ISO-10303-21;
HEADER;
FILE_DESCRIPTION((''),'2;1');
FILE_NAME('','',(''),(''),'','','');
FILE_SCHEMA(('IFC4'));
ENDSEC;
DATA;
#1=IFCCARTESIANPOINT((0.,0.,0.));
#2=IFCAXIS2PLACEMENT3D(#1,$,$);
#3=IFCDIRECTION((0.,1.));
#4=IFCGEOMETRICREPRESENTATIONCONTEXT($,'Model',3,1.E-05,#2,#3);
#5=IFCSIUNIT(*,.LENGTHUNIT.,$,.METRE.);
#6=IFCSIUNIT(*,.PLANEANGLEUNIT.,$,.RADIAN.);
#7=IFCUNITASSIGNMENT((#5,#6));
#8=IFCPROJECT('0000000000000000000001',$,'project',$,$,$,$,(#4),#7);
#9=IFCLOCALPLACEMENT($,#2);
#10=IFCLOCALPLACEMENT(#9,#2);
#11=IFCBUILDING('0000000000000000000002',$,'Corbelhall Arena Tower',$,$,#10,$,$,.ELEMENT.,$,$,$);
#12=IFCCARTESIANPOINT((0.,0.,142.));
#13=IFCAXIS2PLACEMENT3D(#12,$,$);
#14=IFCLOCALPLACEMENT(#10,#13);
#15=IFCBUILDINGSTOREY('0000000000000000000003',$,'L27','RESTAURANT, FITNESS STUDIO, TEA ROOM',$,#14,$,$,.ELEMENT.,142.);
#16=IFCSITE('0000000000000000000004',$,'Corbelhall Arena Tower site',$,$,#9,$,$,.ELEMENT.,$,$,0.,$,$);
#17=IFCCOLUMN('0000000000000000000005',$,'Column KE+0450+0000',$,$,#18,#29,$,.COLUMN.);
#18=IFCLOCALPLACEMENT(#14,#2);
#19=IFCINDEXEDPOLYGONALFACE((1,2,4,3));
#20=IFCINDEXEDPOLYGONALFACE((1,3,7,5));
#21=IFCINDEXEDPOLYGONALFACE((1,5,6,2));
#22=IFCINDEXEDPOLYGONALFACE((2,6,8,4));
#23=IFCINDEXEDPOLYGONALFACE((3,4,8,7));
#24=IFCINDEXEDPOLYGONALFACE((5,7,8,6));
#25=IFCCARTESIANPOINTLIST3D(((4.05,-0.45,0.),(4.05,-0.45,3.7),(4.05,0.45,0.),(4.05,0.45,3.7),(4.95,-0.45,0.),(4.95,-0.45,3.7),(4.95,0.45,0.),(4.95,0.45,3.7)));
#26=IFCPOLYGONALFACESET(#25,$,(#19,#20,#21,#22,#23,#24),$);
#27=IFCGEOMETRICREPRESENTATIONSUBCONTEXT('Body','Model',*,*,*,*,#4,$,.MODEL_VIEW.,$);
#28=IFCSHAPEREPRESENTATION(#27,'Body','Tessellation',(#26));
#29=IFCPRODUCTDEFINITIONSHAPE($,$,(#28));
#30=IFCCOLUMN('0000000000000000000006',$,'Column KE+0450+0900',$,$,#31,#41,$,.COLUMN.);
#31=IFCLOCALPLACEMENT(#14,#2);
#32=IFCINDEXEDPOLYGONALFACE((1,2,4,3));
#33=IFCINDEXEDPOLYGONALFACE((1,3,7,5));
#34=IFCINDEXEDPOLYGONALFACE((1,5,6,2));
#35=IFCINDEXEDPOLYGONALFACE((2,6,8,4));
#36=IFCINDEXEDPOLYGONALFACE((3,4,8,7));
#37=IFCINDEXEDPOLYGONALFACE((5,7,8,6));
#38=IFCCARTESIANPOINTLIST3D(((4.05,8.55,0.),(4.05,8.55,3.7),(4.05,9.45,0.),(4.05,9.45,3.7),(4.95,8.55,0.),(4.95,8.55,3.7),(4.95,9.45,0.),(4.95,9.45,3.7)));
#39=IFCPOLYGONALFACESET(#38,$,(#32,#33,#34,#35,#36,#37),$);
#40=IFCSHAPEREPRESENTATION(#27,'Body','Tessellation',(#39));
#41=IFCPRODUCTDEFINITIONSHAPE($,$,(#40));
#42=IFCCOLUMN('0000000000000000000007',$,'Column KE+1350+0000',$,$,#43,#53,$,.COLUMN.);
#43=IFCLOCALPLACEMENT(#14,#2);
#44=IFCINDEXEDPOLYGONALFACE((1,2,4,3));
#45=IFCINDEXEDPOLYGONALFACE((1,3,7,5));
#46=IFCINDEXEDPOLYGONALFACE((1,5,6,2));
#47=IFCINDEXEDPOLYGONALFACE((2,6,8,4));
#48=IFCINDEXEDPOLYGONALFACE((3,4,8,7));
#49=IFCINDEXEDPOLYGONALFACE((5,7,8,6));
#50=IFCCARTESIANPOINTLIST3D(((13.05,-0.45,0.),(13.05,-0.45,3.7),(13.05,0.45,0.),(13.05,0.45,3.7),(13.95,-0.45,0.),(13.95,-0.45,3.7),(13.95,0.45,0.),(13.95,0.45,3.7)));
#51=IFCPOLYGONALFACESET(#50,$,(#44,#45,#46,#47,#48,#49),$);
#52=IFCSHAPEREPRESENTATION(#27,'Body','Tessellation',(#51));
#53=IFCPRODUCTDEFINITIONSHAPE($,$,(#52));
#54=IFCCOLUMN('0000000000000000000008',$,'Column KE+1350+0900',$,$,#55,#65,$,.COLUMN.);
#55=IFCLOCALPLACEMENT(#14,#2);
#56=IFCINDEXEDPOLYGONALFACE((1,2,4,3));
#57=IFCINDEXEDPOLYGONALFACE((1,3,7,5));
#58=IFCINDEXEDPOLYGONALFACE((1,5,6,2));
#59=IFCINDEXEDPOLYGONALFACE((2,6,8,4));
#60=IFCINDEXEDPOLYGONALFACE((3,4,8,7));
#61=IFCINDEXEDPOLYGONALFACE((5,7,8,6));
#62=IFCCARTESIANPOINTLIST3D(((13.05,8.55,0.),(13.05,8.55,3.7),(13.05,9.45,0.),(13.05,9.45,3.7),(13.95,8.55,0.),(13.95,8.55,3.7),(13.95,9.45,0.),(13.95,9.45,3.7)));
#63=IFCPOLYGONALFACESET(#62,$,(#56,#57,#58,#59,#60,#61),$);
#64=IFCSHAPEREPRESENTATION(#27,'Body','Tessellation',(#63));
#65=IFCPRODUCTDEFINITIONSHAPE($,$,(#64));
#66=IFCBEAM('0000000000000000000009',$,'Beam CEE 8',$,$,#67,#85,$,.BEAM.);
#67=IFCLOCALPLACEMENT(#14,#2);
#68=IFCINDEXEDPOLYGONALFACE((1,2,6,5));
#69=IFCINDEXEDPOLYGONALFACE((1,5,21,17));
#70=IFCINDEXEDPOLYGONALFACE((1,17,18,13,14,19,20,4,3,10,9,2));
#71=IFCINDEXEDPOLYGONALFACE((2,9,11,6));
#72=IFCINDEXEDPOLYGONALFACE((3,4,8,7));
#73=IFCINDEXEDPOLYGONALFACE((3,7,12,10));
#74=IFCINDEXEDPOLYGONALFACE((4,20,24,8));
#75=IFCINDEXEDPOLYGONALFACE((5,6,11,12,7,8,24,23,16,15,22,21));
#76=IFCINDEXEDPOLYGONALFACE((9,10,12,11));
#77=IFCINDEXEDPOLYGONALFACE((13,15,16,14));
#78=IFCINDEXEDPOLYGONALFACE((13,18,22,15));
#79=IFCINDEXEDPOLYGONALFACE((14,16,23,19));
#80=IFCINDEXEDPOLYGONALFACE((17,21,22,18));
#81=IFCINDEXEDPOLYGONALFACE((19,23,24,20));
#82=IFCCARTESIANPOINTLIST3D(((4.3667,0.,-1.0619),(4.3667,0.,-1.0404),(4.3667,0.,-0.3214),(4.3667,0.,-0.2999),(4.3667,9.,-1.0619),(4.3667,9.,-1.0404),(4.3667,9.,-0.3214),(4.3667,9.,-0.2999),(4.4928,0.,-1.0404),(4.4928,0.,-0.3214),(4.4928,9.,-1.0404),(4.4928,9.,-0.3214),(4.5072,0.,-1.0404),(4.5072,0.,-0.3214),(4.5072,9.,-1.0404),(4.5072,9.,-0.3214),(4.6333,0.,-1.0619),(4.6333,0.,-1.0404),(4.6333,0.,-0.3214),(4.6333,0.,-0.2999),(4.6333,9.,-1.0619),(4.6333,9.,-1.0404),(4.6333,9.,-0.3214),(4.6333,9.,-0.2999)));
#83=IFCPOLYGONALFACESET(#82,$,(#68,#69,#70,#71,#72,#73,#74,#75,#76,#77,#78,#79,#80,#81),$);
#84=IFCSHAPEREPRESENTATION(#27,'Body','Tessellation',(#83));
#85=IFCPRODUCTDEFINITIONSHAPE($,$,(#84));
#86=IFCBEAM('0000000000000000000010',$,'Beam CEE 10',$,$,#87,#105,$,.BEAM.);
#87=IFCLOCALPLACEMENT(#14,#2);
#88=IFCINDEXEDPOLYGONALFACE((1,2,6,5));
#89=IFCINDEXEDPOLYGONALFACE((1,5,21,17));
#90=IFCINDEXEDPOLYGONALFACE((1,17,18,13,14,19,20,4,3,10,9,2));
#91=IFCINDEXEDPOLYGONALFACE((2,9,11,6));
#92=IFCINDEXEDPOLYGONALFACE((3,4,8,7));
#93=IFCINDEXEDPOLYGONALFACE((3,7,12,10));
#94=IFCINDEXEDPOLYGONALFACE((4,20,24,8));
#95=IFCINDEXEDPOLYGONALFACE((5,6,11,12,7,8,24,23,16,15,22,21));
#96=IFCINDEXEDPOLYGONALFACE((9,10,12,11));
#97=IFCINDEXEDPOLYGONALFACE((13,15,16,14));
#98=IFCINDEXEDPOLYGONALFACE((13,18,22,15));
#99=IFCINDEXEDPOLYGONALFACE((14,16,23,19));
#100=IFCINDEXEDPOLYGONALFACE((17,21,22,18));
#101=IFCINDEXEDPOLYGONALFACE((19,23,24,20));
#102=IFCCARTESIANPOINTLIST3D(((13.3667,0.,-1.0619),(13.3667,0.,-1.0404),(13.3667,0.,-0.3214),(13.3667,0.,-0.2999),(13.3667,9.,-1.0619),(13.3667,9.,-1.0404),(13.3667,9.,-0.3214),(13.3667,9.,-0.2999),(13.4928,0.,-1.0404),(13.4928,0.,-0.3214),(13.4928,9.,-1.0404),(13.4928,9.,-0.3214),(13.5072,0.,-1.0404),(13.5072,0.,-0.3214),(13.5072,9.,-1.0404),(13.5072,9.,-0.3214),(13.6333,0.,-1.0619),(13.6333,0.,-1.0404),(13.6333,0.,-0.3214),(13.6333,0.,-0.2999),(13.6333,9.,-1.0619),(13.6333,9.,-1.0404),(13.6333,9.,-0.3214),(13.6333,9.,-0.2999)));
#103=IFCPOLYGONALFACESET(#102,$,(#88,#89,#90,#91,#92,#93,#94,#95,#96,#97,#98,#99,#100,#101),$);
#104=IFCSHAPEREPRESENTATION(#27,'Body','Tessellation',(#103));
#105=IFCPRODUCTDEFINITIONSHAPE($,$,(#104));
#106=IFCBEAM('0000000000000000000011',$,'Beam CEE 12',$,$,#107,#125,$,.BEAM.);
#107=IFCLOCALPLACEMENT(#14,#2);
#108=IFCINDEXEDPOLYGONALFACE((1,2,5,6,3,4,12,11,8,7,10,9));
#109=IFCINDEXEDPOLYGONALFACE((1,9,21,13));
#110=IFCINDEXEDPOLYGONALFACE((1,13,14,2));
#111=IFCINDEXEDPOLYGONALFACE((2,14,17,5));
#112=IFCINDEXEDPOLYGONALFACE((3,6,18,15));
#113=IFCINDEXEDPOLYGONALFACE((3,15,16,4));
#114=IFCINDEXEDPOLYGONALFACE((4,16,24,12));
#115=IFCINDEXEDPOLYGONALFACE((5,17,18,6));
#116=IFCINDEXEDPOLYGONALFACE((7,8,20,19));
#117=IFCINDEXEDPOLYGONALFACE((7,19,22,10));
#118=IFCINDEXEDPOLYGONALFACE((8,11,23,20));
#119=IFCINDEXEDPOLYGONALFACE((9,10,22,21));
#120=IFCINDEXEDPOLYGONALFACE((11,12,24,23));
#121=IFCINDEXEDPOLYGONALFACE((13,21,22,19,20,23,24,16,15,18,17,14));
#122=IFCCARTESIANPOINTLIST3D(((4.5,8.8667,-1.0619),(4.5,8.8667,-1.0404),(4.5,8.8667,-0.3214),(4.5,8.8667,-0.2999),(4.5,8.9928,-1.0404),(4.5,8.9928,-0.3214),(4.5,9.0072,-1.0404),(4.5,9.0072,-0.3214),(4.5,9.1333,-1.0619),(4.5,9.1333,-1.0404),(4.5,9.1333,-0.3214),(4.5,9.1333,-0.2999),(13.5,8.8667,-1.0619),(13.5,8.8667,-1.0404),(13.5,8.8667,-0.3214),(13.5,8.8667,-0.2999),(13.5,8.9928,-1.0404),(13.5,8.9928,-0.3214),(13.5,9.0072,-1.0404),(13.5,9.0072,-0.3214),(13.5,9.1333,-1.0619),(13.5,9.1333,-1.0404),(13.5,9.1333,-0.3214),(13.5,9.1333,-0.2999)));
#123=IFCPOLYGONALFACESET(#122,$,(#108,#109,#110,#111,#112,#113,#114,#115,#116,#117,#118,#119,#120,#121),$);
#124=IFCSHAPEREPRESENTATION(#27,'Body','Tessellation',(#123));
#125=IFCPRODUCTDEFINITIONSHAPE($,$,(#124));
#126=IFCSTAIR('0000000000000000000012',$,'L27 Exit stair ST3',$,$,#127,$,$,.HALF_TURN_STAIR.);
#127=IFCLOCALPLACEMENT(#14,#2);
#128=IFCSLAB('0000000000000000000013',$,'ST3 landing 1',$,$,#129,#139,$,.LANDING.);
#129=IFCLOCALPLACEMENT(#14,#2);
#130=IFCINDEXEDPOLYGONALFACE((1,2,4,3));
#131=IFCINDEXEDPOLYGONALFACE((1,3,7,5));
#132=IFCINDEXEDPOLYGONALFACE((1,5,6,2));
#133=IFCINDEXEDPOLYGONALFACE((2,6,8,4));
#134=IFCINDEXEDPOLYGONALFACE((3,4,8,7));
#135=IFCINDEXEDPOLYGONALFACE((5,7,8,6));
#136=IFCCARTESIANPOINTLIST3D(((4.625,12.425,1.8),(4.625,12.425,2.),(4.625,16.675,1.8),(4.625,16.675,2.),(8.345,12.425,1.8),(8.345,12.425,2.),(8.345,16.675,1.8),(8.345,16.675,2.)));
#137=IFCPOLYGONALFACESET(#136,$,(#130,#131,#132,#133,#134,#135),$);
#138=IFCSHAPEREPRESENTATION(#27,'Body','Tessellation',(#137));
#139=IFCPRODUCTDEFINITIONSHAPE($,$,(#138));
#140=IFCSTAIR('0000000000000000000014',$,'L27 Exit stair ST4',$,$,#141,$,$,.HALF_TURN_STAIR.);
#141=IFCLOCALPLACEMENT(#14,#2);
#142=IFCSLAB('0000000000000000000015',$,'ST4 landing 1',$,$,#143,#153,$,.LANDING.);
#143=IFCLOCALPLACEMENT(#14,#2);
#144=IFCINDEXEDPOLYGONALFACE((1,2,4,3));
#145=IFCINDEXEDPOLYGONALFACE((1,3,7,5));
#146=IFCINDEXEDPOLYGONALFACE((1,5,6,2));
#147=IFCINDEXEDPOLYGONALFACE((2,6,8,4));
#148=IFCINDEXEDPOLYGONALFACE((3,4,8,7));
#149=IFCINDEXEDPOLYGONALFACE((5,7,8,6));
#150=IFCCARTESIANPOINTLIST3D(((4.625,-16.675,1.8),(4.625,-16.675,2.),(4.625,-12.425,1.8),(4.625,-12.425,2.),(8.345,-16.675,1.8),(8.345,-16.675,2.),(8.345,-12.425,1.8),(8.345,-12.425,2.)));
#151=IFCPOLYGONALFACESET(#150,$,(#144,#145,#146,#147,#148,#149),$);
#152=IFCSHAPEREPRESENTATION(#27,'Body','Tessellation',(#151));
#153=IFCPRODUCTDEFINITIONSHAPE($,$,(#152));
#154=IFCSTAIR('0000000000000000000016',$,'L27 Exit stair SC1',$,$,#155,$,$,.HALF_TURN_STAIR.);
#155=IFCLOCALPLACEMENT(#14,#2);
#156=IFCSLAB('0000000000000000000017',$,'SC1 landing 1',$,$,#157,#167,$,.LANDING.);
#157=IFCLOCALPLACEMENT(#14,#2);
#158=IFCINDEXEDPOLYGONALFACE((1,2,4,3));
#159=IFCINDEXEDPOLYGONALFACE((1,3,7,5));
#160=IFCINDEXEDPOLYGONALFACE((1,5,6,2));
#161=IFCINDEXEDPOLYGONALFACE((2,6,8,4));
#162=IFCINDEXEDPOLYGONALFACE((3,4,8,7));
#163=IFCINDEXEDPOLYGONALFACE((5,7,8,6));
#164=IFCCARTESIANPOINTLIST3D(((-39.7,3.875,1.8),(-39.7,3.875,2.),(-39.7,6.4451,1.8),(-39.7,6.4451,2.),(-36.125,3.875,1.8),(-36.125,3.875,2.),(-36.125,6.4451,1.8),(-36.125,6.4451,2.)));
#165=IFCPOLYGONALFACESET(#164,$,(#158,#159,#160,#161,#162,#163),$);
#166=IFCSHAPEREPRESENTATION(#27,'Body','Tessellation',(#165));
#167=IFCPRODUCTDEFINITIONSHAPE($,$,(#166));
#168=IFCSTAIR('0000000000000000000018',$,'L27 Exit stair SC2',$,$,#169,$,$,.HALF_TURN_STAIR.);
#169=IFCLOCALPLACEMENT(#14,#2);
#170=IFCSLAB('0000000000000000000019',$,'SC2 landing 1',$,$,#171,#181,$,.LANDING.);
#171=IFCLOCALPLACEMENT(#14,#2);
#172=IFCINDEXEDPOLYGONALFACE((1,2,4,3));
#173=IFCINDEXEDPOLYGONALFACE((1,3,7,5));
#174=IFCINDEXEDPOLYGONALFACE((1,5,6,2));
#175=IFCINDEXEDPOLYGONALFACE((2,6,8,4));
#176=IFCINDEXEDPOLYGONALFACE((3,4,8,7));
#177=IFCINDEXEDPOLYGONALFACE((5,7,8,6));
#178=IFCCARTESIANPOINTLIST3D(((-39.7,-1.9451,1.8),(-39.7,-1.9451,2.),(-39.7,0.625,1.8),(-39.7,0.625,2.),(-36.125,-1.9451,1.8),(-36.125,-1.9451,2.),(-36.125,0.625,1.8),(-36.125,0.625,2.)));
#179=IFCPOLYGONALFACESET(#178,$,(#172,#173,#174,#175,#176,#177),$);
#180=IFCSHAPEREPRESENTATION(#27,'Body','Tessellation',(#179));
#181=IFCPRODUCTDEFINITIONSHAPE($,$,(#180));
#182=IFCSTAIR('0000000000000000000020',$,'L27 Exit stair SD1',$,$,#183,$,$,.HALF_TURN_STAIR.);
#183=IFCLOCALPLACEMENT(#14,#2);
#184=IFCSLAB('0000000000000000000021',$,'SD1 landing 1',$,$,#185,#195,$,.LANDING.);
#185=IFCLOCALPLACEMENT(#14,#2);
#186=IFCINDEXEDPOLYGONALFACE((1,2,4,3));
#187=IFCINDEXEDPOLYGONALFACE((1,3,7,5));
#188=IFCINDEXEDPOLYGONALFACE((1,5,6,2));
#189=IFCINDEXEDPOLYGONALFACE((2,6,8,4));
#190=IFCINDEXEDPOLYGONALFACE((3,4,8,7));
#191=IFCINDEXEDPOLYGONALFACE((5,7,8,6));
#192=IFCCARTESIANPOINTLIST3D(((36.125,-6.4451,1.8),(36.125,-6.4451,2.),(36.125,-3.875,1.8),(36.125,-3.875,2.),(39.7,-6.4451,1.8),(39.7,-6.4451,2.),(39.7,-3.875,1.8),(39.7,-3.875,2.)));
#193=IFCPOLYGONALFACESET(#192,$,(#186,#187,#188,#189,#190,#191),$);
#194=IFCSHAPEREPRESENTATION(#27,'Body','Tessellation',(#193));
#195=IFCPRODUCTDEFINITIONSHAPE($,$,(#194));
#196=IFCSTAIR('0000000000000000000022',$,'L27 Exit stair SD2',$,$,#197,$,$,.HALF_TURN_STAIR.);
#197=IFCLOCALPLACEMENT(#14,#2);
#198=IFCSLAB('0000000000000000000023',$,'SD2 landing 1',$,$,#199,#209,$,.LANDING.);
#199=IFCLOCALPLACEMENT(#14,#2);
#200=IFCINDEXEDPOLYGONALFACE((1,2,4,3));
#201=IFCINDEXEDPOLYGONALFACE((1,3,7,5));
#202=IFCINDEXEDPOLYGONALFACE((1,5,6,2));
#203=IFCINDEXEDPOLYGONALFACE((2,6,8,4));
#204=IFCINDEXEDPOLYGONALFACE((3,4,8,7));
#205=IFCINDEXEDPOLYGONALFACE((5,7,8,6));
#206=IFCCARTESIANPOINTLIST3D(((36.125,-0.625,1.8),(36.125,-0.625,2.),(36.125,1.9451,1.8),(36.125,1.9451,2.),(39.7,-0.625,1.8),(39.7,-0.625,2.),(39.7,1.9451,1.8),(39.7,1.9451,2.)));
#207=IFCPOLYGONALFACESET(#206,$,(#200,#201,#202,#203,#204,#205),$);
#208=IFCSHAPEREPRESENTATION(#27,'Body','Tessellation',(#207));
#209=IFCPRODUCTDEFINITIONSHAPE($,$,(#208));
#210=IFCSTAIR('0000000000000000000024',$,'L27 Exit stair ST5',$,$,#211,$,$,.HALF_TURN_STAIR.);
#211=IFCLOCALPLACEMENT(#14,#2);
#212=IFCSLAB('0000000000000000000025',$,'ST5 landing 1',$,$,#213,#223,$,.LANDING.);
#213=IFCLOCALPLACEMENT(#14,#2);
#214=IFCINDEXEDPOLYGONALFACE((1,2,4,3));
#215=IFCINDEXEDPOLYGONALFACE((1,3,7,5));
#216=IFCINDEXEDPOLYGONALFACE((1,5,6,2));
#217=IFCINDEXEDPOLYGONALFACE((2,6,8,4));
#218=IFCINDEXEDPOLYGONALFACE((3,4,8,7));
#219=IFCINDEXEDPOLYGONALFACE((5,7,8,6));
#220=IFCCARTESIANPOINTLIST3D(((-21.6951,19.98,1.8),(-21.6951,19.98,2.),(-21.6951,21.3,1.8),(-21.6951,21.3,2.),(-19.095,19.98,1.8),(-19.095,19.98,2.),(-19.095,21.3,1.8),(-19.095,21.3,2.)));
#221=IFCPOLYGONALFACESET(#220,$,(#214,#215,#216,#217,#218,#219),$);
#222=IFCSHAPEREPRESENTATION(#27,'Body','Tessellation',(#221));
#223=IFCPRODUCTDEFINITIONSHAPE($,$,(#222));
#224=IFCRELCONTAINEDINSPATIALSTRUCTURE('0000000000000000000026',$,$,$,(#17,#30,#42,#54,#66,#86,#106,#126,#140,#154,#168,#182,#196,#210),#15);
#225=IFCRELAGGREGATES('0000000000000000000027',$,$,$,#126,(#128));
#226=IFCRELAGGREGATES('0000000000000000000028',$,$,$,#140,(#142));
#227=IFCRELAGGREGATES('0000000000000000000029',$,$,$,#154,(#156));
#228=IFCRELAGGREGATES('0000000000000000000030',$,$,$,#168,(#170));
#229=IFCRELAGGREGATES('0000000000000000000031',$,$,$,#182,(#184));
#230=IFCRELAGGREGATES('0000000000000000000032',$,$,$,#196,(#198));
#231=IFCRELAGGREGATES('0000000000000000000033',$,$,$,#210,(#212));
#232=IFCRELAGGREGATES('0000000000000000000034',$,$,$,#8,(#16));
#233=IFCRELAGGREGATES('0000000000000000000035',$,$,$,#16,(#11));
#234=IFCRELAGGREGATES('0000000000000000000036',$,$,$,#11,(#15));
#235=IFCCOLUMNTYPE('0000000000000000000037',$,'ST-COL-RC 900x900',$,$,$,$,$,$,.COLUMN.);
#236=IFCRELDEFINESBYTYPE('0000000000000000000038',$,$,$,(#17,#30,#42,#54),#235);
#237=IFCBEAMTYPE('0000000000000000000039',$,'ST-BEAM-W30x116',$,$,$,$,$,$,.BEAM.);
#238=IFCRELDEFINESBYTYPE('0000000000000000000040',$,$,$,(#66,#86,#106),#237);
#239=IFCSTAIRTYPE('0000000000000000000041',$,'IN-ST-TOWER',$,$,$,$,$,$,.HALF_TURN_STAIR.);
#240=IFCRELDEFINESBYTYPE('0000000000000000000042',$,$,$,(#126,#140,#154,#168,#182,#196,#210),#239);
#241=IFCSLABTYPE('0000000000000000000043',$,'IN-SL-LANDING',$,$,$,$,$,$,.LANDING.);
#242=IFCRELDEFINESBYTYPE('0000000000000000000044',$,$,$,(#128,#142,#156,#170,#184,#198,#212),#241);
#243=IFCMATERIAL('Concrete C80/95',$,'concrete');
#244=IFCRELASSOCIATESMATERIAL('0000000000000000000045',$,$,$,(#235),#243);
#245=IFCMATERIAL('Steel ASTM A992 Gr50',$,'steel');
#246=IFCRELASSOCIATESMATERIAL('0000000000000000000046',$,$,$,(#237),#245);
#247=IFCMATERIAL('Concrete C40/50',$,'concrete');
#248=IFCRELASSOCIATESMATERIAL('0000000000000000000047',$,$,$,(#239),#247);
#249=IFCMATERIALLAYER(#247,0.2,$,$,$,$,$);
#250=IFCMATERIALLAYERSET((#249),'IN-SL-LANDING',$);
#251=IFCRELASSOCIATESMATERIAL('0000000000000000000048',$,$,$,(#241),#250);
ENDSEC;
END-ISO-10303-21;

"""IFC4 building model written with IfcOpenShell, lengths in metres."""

from ifc_helpers import new_model, si_unit, direction, frame, origin, origin_2d, place, context, subcontext, project, spatial, polyline, rectangle, i_section, outline, extrude, material, layer, layer_set, material_profile, profile_set, type_object, element, aggregate, save


model = new_model("IFC4")

# Units and contexts
model_context = context("Model", 3, precision=1e-05, world=origin(), true_north=direction((0.0, 1.0)))
body_context = subcontext(model_context, "Body", "Model", "MODEL_VIEW")
ifc_project = project(units=[si_unit("LENGTHUNIT", "METRE"), si_unit("PLANEANGLEUNIT", "RADIAN")], contexts=[model_context])

# Site, building, storey
site_placement = place(None, origin())
site = spatial("IfcSite", under=ifc_project, at=site_placement, Name="Corbelhall Arena Tower site", CompositionType="ELEMENT", RefElevation=0.0)
building_placement = place(site_placement, origin())
building = spatial("IfcBuilding", under=site, at=building_placement, Name="Corbelhall Arena Tower", CompositionType="ELEMENT")
storey_placement = place(building_placement, frame((0.0, 0.0, 142.0)))
storey = spatial("IfcBuildingStorey", under=building, at=storey_placement, Name="L27", Description="RESTAURANT, FITNESS STUDIO, TEA ROOM", CompositionType="ELEMENT", Elevation=142.0)

# Columns
ifc_material_1 = material(Name="Concrete C80/95", Category="concrete")
ifc_material_profile_1 = material_profile(ifc_material_1, rectangle(XDim=0.8999, YDim=0.8999, at=origin_2d()))
ifc_profile_set_1 = profile_set([ifc_material_profile_1], Name="Concrete C80/95")
column_type = type_object("IfcColumnType", Name="ST-COL-RC 900x900", PredefinedType="COLUMN", material=ifc_profile_set_1)
for number, where, z_axis, x_axis, name in (
    (1, (4.5, 0.0, 0.0), (0.0, 0.0, 1.0), (1.0, 0.0, 0.0), "Column KE+0450+0000"),
    (2, (4.5, 9.0, 0.0), (0.0, 0.0, 1.0), (1.0, 0.0, 0.0), "Column KE+0450+0900"),
    (3, (13.5, 0.0, 0.0), (0.0, 0.0, 1.0), (1.0, 0.0, 0.0), "Column KE+1350+0000"),
    (4, (13.5, 9.0, 0.0), (0.0, 0.0, 1.0), (1.0, 0.0, 0.0), "Column KE+1350+0900"),
):
    element("IfcColumn", number, at=place(storey_placement, frame(where, z_axis=z_axis, x_axis=x_axis)), inside=storey, type_object=column_type, Name=name, PredefinedType="COLUMN", context=body_context, shape_type="SweptSolid", body=[
        extrude(rectangle(XDim=0.8999, YDim=0.8999, at=origin_2d()), origin(), (0.0, 0.0, 1.0), 3.7),
    ])

# Beams
ifc_material_2 = material(Name="Steel ASTM A992 Gr50", Category="steel")
ifc_material_profile_2 = material_profile(ifc_material_2, i_section(OverallWidth=0.2666, OverallDepth=0.762, WebThickness=0.0144, FlangeThickness=0.0215, at=origin_2d()))
ifc_profile_set_2 = profile_set([ifc_material_profile_2], Name="Steel ASTM A992 Gr50")
beam_type = type_object("IfcBeamType", Name="ST-BEAM-W30x116", PredefinedType="BEAM", material=ifc_profile_set_2)
for number, where, z_axis, x_axis, name in (
    (5, (4.5, 0.0, -0.6809), (0.0, 1.0, 0.0), (-1.0, 0.0, 0.0), "Beam CEE 8"),
    (6, (13.5, 0.0, -0.6809), (0.0, 1.0, 0.0), (-1.0, 0.0, 0.0), "Beam CEE 10"),
    (7, (4.5, 9.0, -0.6809), (1.0, 0.0, 0.0), (0.0, 1.0, 0.0), "Beam CEE 12"),
):
    element("IfcBeam", number, at=place(storey_placement, frame(where, z_axis=z_axis, x_axis=x_axis)), inside=storey, type_object=beam_type, Name=name, PredefinedType="BEAM", context=body_context, shape_type="SweptSolid", body=[
        extrude(i_section(OverallWidth=0.2666, OverallDepth=0.762, WebThickness=0.0144, FlangeThickness=0.0215, at=origin_2d()), origin(), (0.0, 0.0, 1.0), 9.0),
    ])

# Stairs, slabs
ifc_material_3 = material(Name="Concrete C40/50", Category="concrete")
stair_type = type_object("IfcStairType", Name="IN-ST-TOWER", PredefinedType="HALF_TURN_STAIR", material=ifc_material_3)
stair_1_placement = place(storey_placement, origin())
stair_1 = element("IfcStair", 8, at=stair_1_placement, inside=storey, type_object=stair_type, Name="L27 Exit stair ST3", PredefinedType="HALF_TURN_STAIR")
ifc_layer_1 = layer(ifc_material_3, 0.2)
ifc_layer_set_1 = layer_set([ifc_layer_1], Name="IN-SL-LANDING")
slab_type = type_object("IfcSlabType", Name="IN-SL-LANDING", PredefinedType="LANDING", material=ifc_layer_set_1)
slab_1_placement = place(storey_placement, frame((0.0, 0.0, 1.8)))
slab_1 = element("IfcSlab", 9, at=slab_1_placement, type_object=slab_type, Name="ST3 landing 1", PredefinedType="LANDING", context=body_context, shape_type="SweptSolid", body=[
    extrude(outline(polyline([(8.345, 16.675), (4.625, 16.675), (4.625, 12.425), (8.345, 12.425), (8.345, 16.675)])), origin(), (0.0, 0.0, 1.0), 0.2),
])
aggregate(stair_1, [slab_1])
stair_2_placement = place(storey_placement, origin())
stair_2 = element("IfcStair", 10, at=stair_2_placement, inside=storey, type_object=stair_type, Name="L27 Exit stair ST4", PredefinedType="HALF_TURN_STAIR")
slab_2_placement = place(storey_placement, frame((0.0, 0.0, 1.8)))
slab_2 = element("IfcSlab", 11, at=slab_2_placement, type_object=slab_type, Name="ST4 landing 1", PredefinedType="LANDING", context=body_context, shape_type="SweptSolid", body=[
    extrude(outline(polyline([(8.345, -12.425), (4.625, -12.425), (4.625, -16.675), (8.345, -16.675), (8.345, -12.425)])), origin(), (0.0, 0.0, 1.0), 0.2),
])
aggregate(stair_2, [slab_2])
stair_3_placement = place(storey_placement, origin())
stair_3 = element("IfcStair", 12, at=stair_3_placement, inside=storey, type_object=stair_type, Name="L27 Exit stair SC1", PredefinedType="HALF_TURN_STAIR")
slab_3_placement = place(storey_placement, frame((0.0, 0.0, 1.8)))
slab_3 = element("IfcSlab", 13, at=slab_3_placement, type_object=slab_type, Name="SC1 landing 1", PredefinedType="LANDING", context=body_context, shape_type="SweptSolid", body=[
    extrude(outline(polyline([(-39.7, 6.4451), (-39.7, 3.875), (-36.125, 3.875), (-36.125, 6.4451), (-39.7, 6.4451)])), origin(), (0.0, 0.0, 1.0), 0.2),
])
aggregate(stair_3, [slab_3])
stair_4_placement = place(storey_placement, origin())
stair_4 = element("IfcStair", 14, at=stair_4_placement, inside=storey, type_object=stair_type, Name="L27 Exit stair SC2", PredefinedType="HALF_TURN_STAIR")
slab_4_placement = place(storey_placement, frame((0.0, 0.0, 1.8)))
slab_4 = element("IfcSlab", 15, at=slab_4_placement, type_object=slab_type, Name="SC2 landing 1", PredefinedType="LANDING", context=body_context, shape_type="SweptSolid", body=[
    extrude(outline(polyline([(-36.125, -1.9451), (-36.125, 0.625), (-39.7, 0.625), (-39.7, -1.9451), (-36.125, -1.9451)])), origin(), (0.0, 0.0, 1.0), 0.2),
])
aggregate(stair_4, [slab_4])
stair_5_placement = place(storey_placement, origin())
stair_5 = element("IfcStair", 16, at=stair_5_placement, inside=storey, type_object=stair_type, Name="L27 Exit stair SD1", PredefinedType="HALF_TURN_STAIR")
slab_5_placement = place(storey_placement, frame((0.0, 0.0, 1.8)))
slab_5 = element("IfcSlab", 17, at=slab_5_placement, type_object=slab_type, Name="SD1 landing 1", PredefinedType="LANDING", context=body_context, shape_type="SweptSolid", body=[
    extrude(outline(polyline([(39.7, -6.4451), (39.7, -3.875), (36.125, -3.875), (36.125, -6.4451), (39.7, -6.4451)])), origin(), (0.0, 0.0, 1.0), 0.2),
])
aggregate(stair_5, [slab_5])
stair_6_placement = place(storey_placement, origin())
stair_6 = element("IfcStair", 18, at=stair_6_placement, inside=storey, type_object=stair_type, Name="L27 Exit stair SD2", PredefinedType="HALF_TURN_STAIR")
slab_6_placement = place(storey_placement, frame((0.0, 0.0, 1.8)))
slab_6 = element("IfcSlab", 19, at=slab_6_placement, type_object=slab_type, Name="SD2 landing 1", PredefinedType="LANDING", context=body_context, shape_type="SweptSolid", body=[
    extrude(outline(polyline([(36.125, 1.9451), (36.125, -0.625), (39.7, -0.625), (39.7, 1.9451), (36.125, 1.9451)])), origin(), (0.0, 0.0, 1.0), 0.2),
])
aggregate(stair_6, [slab_6])
stair_7_placement = place(storey_placement, origin())
stair_7 = element("IfcStair", 20, at=stair_7_placement, inside=storey, type_object=stair_type, Name="L27 Exit stair ST5", PredefinedType="HALF_TURN_STAIR")
slab_7_placement = place(storey_placement, frame((0.0, 0.0, 1.8)))
slab_7 = element("IfcSlab", 21, at=slab_7_placement, type_object=slab_type, Name="ST5 landing 1", PredefinedType="LANDING", context=body_context, shape_type="SweptSolid", body=[
    extrude(outline(polyline([(-19.095, 19.98), (-19.095, 21.3), (-21.6951, 21.3), (-21.6951, 19.98), (-19.095, 19.98)])), origin(), (0.0, 0.0, 1.0), 0.2),
])
aggregate(stair_7, [slab_7])

save(model, "model.ifc")
